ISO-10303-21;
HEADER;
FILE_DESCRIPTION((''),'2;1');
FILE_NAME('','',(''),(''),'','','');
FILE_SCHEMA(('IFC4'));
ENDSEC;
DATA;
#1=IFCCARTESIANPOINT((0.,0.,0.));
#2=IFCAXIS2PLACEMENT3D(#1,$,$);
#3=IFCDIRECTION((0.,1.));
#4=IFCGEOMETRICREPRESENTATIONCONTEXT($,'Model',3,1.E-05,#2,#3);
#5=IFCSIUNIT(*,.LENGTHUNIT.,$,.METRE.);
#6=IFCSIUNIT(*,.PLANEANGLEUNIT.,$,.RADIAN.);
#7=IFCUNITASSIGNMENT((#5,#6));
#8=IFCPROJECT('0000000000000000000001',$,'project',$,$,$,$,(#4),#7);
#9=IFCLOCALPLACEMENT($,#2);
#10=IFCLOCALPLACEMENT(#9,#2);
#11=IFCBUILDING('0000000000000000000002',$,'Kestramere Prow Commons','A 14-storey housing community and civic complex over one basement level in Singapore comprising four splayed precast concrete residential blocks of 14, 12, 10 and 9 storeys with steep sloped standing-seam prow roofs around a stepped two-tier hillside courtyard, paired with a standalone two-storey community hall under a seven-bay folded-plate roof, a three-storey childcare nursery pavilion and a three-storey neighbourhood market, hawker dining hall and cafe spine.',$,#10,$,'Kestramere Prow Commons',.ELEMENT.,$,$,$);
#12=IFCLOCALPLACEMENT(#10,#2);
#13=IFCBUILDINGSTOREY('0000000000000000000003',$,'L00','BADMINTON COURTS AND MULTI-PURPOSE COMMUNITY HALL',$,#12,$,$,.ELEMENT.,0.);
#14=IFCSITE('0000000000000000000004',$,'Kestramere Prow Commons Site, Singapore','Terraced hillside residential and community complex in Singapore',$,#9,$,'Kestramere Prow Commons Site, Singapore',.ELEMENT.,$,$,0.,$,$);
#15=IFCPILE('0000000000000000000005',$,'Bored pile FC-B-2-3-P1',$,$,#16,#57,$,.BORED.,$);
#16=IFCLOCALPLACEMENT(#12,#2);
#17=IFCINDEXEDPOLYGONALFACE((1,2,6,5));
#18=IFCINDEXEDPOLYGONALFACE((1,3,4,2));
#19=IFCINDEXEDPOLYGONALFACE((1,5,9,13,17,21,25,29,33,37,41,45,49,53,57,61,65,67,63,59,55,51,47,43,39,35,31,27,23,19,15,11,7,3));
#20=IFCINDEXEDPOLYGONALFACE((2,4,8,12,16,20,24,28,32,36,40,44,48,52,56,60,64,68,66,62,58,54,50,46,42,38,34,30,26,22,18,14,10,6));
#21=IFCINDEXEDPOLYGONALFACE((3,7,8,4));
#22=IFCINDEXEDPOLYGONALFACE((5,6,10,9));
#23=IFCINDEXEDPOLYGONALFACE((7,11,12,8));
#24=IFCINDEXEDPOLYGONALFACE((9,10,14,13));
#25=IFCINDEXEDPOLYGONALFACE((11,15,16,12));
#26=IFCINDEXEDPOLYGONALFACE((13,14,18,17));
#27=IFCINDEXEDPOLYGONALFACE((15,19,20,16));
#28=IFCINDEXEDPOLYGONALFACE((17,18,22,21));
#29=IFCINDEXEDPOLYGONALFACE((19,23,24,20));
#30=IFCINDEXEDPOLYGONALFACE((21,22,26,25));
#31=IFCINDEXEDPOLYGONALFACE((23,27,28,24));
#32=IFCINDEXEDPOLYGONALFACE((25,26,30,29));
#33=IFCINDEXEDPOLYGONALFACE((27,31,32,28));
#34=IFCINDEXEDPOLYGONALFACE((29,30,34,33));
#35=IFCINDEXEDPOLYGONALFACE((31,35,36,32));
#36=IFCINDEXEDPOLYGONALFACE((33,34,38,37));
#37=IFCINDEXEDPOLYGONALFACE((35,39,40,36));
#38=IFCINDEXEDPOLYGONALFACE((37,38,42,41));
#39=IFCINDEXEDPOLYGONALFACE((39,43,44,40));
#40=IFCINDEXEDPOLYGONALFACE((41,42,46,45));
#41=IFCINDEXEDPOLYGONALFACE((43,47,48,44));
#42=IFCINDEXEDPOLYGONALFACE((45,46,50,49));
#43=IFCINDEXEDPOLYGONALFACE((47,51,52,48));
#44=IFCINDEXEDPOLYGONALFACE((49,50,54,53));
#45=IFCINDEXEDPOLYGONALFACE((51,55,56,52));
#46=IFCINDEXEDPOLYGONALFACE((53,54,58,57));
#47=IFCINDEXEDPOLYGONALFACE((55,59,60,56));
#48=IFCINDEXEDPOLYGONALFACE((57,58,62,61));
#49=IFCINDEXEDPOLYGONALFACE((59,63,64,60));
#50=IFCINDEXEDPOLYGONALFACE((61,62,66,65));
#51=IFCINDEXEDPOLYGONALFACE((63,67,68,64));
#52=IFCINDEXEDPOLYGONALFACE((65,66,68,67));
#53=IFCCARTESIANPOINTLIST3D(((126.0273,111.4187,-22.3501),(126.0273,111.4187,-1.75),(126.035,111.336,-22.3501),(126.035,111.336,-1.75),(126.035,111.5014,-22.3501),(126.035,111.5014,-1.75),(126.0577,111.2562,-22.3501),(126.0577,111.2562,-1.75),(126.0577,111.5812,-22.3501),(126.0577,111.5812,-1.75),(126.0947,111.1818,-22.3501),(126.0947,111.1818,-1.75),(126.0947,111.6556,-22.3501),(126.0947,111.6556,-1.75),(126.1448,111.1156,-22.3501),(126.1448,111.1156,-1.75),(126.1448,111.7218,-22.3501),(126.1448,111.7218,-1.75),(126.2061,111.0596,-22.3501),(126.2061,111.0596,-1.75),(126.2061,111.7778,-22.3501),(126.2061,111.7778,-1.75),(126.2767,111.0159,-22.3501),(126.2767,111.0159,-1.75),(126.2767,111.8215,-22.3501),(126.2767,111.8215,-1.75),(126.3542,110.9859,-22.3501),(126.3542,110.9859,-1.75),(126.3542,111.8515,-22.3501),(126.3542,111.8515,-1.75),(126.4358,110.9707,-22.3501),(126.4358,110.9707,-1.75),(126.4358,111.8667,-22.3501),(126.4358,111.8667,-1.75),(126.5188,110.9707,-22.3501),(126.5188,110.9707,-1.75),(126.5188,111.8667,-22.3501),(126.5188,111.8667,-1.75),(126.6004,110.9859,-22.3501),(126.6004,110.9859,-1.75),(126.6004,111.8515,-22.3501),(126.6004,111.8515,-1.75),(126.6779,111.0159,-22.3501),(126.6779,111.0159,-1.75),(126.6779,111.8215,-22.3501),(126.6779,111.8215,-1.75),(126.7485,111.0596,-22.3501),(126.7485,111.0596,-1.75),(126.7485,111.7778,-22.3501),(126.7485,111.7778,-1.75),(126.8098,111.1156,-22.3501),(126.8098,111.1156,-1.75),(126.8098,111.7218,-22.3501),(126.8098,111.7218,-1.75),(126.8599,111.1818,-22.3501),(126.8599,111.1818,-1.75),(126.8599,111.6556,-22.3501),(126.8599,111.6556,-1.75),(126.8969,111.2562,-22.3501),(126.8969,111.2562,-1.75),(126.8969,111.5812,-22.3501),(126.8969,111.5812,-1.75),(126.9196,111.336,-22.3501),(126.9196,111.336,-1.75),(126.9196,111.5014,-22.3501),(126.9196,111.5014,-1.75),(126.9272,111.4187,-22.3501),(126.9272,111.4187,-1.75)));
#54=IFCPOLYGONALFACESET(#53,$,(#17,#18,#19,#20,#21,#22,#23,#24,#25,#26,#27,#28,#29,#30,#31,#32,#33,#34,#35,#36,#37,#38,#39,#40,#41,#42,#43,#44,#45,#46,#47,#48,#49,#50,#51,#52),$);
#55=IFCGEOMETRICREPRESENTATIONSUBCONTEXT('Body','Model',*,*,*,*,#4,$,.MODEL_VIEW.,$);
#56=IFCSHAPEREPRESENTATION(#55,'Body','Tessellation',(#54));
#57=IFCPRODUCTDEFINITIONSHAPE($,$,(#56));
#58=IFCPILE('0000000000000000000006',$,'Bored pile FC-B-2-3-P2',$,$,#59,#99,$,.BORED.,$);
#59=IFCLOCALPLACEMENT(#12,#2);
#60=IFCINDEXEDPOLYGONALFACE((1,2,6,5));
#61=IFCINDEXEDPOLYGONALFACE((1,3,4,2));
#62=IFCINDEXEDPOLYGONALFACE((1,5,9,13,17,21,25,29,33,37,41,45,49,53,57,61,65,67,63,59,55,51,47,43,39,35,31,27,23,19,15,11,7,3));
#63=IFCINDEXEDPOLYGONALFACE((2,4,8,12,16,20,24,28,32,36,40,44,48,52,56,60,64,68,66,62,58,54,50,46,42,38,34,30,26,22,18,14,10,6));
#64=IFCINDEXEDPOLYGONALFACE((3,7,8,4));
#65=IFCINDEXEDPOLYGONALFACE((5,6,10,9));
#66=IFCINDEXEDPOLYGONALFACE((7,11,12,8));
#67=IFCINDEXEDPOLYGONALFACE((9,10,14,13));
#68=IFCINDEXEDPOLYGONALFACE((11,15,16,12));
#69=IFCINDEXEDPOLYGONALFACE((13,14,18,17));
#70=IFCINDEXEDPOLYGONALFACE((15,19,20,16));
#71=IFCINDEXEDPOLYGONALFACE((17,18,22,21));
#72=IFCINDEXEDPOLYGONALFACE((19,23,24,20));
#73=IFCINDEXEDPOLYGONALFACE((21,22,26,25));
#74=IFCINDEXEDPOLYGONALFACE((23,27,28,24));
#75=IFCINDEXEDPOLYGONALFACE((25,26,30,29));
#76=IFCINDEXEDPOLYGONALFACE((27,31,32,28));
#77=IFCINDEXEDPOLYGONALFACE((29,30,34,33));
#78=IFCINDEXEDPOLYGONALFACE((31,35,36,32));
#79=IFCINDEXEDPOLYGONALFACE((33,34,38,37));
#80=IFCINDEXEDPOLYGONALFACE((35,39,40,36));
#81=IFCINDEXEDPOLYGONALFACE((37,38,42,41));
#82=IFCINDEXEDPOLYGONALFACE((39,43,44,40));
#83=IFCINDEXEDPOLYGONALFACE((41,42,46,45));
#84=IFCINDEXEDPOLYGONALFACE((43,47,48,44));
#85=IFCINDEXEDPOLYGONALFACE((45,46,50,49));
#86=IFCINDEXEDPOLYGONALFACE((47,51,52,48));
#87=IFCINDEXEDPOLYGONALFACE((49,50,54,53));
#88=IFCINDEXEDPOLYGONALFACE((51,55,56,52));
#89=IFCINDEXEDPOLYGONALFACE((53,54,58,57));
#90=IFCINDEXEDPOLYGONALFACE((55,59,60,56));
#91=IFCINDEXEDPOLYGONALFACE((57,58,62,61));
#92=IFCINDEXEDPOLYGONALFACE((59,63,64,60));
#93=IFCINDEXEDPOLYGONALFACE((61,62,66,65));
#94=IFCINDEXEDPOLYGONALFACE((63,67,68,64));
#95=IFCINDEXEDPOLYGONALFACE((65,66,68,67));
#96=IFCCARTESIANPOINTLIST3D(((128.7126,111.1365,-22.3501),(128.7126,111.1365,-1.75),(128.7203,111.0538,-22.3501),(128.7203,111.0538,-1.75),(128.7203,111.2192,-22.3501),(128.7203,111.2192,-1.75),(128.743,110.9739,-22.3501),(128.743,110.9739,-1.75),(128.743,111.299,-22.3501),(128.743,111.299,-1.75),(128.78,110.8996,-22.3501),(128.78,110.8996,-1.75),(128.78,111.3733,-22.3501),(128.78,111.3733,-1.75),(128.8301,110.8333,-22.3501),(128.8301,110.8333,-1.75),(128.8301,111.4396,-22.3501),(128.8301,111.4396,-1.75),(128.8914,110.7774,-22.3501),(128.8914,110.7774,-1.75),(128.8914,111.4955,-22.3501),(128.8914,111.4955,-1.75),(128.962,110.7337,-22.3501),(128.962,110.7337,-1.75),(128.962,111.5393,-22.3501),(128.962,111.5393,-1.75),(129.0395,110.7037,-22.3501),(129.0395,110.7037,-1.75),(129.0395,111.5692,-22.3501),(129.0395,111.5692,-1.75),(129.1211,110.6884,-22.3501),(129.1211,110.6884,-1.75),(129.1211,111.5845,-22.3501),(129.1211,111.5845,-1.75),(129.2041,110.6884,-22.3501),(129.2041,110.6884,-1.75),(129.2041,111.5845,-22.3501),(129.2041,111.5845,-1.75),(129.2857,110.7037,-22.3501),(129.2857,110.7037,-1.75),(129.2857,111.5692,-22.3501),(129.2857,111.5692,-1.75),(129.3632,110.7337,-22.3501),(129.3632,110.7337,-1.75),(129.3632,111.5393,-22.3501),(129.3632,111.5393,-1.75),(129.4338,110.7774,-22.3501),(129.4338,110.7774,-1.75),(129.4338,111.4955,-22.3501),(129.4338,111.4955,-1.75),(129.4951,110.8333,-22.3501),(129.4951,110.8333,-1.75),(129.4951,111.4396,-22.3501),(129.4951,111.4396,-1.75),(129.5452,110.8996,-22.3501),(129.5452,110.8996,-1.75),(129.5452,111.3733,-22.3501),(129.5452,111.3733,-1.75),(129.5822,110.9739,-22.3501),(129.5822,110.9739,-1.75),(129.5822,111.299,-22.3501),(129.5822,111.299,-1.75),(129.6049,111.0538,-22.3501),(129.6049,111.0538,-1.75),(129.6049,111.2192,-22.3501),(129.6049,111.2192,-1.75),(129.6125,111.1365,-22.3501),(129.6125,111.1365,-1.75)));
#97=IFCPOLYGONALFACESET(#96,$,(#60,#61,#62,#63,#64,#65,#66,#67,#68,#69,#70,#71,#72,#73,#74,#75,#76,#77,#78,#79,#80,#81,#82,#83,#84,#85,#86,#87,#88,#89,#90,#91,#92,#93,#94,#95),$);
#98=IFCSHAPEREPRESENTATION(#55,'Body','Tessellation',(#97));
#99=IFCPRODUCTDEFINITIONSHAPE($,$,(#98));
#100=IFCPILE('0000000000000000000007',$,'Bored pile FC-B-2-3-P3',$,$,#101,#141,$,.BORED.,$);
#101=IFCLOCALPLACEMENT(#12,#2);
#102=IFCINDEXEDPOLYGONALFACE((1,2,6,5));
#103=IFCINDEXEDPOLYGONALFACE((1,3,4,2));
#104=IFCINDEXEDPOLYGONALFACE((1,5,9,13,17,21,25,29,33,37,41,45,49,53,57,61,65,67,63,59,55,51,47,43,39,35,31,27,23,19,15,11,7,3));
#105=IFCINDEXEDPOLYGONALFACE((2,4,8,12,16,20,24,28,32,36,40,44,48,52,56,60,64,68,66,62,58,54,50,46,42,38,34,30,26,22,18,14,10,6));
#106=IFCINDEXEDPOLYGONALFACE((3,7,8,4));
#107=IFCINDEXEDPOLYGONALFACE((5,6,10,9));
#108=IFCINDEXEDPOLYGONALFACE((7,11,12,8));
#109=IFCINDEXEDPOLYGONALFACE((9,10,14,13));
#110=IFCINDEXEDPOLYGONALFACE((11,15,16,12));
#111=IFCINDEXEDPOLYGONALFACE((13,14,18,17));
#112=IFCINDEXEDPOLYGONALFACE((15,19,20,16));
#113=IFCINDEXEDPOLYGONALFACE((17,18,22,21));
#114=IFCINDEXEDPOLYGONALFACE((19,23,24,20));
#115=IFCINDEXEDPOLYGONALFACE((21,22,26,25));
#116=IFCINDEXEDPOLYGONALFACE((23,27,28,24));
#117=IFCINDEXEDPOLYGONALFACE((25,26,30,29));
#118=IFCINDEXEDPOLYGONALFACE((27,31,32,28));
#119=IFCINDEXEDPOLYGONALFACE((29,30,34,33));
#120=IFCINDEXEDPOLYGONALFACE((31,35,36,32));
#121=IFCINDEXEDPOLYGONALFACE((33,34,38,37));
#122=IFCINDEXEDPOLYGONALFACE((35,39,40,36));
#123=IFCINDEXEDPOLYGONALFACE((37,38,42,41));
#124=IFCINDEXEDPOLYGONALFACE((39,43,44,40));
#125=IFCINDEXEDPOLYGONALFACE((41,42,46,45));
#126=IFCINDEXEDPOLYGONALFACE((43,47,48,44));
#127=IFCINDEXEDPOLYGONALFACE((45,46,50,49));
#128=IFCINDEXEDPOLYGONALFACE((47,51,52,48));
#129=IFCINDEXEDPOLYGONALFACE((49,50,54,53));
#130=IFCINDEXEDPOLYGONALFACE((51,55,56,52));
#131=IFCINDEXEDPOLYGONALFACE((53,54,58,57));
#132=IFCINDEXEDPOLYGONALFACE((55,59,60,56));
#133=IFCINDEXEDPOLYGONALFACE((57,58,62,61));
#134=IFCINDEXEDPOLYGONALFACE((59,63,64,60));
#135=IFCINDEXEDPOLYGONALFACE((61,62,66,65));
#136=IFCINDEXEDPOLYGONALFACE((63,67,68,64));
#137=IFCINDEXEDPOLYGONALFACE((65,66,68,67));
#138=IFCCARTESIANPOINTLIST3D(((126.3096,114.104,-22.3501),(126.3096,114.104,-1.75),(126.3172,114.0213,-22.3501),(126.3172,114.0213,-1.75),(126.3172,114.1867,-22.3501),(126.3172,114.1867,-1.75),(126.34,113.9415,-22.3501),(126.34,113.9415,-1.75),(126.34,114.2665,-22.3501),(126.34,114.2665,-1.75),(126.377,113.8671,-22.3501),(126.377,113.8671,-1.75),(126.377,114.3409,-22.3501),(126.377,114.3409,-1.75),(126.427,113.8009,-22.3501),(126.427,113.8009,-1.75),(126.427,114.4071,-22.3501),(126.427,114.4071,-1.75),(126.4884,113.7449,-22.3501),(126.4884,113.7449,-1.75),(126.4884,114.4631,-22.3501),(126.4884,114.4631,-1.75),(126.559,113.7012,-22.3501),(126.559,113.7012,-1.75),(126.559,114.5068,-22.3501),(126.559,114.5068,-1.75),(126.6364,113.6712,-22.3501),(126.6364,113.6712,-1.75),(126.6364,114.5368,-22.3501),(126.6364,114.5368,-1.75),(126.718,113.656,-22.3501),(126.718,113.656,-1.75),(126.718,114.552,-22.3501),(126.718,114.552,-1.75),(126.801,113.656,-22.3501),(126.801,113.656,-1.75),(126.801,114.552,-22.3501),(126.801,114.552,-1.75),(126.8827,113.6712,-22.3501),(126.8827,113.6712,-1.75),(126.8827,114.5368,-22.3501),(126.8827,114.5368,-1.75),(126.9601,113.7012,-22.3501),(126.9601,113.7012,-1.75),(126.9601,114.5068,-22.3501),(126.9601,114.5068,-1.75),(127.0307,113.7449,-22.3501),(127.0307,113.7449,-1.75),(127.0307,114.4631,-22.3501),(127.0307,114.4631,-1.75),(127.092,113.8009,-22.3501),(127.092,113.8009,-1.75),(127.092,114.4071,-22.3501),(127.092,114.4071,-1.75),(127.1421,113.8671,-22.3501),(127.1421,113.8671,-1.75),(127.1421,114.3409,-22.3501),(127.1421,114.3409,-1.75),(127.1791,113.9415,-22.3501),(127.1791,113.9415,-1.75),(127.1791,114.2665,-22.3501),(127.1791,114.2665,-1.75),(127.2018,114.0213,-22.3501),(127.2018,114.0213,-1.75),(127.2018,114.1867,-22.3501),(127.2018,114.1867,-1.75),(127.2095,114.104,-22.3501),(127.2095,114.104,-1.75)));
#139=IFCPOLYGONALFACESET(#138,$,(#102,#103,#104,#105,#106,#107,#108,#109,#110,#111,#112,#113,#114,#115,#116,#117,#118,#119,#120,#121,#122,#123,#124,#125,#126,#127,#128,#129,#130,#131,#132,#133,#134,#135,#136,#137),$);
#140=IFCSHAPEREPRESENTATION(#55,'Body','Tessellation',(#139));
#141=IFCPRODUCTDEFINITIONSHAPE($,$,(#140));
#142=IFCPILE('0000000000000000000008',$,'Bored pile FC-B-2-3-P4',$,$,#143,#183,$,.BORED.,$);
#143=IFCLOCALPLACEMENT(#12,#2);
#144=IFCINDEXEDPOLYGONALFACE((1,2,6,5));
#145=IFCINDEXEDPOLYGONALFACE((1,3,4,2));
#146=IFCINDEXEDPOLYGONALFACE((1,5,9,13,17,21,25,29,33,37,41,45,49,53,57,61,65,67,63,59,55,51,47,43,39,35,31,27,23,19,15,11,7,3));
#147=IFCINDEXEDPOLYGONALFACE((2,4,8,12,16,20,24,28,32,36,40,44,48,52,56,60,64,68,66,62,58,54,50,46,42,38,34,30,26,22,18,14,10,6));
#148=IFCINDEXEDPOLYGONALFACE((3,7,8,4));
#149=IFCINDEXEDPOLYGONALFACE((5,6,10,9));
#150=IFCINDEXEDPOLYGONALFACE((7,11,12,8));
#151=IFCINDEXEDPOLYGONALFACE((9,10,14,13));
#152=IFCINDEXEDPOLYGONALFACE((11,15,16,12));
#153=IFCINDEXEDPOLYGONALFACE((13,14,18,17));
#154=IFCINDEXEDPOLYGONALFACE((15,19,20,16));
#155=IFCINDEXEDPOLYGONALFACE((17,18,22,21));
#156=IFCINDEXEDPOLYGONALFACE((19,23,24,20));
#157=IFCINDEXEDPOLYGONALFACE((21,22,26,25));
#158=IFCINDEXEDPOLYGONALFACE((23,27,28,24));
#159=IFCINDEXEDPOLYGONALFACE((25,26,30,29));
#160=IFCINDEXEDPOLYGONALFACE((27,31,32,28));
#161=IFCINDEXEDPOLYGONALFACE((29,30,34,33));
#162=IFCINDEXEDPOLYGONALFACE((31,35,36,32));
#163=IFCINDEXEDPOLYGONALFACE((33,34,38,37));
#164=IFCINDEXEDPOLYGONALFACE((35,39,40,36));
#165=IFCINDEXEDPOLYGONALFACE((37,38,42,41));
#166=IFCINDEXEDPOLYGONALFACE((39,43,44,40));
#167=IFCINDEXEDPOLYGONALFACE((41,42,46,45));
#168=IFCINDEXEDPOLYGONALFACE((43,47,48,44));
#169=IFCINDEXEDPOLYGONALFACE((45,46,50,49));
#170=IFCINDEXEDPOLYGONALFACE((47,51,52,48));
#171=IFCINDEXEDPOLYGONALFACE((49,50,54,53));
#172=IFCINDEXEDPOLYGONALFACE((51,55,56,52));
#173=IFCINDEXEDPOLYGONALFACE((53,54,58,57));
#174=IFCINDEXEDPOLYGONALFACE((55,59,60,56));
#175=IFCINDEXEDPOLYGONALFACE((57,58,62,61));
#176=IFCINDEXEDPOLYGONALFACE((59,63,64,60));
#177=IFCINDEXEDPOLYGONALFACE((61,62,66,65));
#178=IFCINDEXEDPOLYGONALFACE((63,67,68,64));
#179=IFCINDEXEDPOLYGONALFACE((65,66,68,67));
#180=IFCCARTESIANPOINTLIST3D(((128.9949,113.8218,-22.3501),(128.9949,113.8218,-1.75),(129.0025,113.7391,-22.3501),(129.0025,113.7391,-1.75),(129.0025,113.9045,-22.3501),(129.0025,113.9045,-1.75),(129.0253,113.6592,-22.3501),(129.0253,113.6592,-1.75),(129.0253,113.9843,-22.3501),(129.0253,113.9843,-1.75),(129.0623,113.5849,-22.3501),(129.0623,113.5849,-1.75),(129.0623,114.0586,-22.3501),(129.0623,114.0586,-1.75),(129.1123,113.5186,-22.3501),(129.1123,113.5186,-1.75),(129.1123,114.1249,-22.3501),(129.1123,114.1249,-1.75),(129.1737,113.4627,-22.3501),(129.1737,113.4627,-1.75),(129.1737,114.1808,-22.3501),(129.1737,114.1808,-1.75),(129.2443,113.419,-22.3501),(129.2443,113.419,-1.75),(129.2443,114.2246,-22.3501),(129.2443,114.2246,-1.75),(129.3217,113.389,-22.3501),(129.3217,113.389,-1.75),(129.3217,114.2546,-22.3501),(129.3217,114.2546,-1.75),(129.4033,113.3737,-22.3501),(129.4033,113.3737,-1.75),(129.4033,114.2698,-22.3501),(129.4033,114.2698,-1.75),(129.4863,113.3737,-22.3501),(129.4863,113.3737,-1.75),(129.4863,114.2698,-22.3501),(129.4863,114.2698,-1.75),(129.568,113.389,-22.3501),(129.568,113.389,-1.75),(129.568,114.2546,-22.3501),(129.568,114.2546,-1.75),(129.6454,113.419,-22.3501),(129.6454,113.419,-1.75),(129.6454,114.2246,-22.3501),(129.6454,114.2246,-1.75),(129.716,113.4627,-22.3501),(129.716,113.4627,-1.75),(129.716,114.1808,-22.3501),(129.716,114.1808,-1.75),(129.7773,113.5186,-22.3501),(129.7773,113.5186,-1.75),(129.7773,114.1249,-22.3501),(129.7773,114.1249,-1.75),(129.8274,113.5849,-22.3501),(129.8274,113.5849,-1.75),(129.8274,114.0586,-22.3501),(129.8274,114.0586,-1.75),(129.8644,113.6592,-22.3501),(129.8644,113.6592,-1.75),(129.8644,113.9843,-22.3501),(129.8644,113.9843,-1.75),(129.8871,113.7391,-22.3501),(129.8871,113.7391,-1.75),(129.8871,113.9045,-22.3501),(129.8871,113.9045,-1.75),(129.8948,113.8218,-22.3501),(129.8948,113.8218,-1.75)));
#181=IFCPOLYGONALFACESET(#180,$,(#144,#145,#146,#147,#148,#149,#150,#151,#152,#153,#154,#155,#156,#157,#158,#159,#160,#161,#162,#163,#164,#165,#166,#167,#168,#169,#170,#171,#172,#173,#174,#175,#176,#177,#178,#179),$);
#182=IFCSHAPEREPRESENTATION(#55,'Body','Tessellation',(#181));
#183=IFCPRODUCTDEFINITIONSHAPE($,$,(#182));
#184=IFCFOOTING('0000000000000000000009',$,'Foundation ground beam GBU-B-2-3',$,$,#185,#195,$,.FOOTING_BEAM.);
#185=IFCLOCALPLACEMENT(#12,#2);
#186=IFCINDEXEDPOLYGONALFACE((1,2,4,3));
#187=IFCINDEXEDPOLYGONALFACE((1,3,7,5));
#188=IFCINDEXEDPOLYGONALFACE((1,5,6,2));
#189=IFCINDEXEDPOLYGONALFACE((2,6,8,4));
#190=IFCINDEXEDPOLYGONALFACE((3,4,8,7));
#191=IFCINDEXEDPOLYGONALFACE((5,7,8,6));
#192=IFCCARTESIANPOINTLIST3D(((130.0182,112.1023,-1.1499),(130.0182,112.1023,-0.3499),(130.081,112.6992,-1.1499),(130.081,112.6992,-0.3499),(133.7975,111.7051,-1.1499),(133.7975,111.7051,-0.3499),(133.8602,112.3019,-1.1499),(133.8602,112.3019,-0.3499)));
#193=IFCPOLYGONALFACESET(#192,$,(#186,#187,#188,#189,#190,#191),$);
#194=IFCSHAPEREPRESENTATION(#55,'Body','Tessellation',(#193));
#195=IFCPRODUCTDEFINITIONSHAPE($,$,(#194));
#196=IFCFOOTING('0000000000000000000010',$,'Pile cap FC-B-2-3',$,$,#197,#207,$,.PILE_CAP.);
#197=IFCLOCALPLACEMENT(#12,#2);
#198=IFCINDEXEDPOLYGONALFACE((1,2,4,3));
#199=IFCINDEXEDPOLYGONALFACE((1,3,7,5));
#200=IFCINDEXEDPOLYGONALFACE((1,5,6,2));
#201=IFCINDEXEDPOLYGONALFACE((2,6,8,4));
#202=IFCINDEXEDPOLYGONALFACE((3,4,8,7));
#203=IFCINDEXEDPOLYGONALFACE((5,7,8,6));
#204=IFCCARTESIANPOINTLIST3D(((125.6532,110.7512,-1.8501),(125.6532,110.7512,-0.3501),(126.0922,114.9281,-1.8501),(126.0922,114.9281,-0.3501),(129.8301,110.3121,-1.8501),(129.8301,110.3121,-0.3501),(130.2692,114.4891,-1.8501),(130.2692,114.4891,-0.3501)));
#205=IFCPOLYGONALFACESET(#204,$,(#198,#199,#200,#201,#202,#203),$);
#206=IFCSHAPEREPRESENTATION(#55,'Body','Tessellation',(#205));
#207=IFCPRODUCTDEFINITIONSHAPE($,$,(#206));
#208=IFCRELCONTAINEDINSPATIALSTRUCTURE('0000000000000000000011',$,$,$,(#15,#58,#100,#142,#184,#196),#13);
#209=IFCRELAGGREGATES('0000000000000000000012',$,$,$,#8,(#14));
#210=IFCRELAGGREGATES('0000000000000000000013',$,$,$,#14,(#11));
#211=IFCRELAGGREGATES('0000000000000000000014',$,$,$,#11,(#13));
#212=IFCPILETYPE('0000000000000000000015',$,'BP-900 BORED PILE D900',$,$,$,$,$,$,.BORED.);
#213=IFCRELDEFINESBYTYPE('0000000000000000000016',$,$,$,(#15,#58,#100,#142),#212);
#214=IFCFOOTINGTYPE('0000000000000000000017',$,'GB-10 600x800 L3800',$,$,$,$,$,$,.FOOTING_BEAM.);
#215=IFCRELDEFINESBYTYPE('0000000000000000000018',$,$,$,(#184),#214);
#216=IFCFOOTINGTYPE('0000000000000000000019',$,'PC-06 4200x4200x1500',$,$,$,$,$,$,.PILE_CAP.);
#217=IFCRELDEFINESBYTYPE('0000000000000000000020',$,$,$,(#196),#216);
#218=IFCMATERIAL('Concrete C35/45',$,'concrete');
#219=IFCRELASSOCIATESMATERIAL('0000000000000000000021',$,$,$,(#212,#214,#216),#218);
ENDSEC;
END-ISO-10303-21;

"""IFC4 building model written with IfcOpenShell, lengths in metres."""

from ifc_helpers import new_model, si_unit, direction, frame, origin, origin_2d, place, context, subcontext, project, spatial, rectangle, circle, extrude, material, material_profile, profile_set, type_object, element, save


model = new_model("IFC4")

# Units and contexts
model_context = context("Model", 3, precision=1e-05, world=origin(), true_north=direction((0.0, 1.0)))
body_context = subcontext(model_context, "Body", "Model", "MODEL_VIEW")
ifc_project = project(units=[si_unit("LENGTHUNIT", "METRE"), si_unit("PLANEANGLEUNIT", "RADIAN")], contexts=[model_context])

# Site, building, storey
site_placement = place(None, origin())
site = spatial("IfcSite", under=ifc_project, at=site_placement, Name="Kestramere Prow Commons Site, Singapore", Description="Terraced hillside residential and community complex in Singapore", LongName="Kestramere Prow Commons Site, Singapore", CompositionType="ELEMENT", RefElevation=0.0)
building_placement = place(site_placement, origin())
building = spatial("IfcBuilding", under=site, at=building_placement, Name="Kestramere Prow Commons", Description="A 14-storey housing community and civic complex over one basement level in Singapore comprising four splayed precast concrete residential blocks of 14, 12, 10 and 9 storeys with steep sloped standing-seam prow roofs around a stepped two-tier hillside courtyard, paired with a standalone two-storey community hall under a seven-bay folded-plate roof, a three-storey childcare nursery pavilion and a three-storey neighbourhood market, hawker dining hall and cafe spine.", LongName="Kestramere Prow Commons", CompositionType="ELEMENT")
storey_placement = place(building_placement, origin())
storey = spatial("IfcBuildingStorey", under=building, at=storey_placement, Name="L00", Description="BADMINTON COURTS AND MULTI-PURPOSE COMMUNITY HALL", CompositionType="ELEMENT", Elevation=0.0)

# Piles
ifc_material_1 = material(Name="Concrete C35/45", Category="concrete")
ifc_material_profile_1 = material_profile(ifc_material_1, circle(Radius=0.45, at=origin_2d()), Name="BORED PILE D900")
ifc_profile_set_1 = profile_set([ifc_material_profile_1], Name="Concrete C35/45")
pile_type = type_object("IfcPileType", Name="BP-900 BORED PILE D900", PredefinedType="BORED", material=ifc_profile_set_1)
for number, where, z_axis, x_axis, name in (
    (1, (126.4773, 111.4187, -1.75), (0.0, 0.0, -1.0), (1.0, 0.0, 0.0), "Bored pile FC-B-2-3-P1"),
    (2, (129.1626, 111.1365, -1.75), (0.0, 0.0, -1.0), (1.0, 0.0, 0.0), "Bored pile FC-B-2-3-P2"),
    (3, (126.7595, 114.104, -1.75), (0.0, 0.0, -1.0), (1.0, 0.0, 0.0), "Bored pile FC-B-2-3-P3"),
    (4, (129.4448, 113.8218, -1.75), (0.0, 0.0, -1.0), (1.0, 0.0, 0.0), "Bored pile FC-B-2-3-P4"),
):
    element("IfcPile", number, at=place(storey_placement, frame(where, z_axis=z_axis, x_axis=x_axis)), inside=storey, type_object=pile_type, Name=name, PredefinedType="BORED", context=body_context, shape_type="SweptSolid", body=[
        extrude(circle(Radius=0.45, at=origin_2d()), origin(), (0.0, 0.0, 1.0), 20.6001),
    ])

# Footings
footing_type_1 = type_object("IfcFootingType", Name="GB-10 600x800 L3800", PredefinedType="FOOTING_BEAM", material=ifc_material_1)
footing_1_placement = place(storey_placement, frame((131.9392, 112.2021, -1.1499), z_axis=(0.0, 0.0, 1.0), x_axis=(0.994522, -0.104528, 0.0)))
element("IfcFooting", 5, at=footing_1_placement, inside=storey, type_object=footing_type_1, Name="Foundation ground beam GBU-B-2-3", PredefinedType="FOOTING_BEAM", context=body_context, shape_type="SweptSolid", body=[
    extrude(rectangle(XDim=3.8, YDim=0.6001, at=origin_2d()), origin(), (0.0, 0.0, 1.0), 0.8),
])
footing_type_2 = type_object("IfcFootingType", Name="PC-06 4200x4200x1500", PredefinedType="PILE_CAP", material=ifc_material_1)
footing_2_placement = place(storey_placement, frame((127.9612, 112.6201, -1.8501), z_axis=(0.0, 0.0, 1.0), x_axis=(0.994522, -0.104528, 0.0)))
element("IfcFooting", 6, at=footing_2_placement, inside=storey, type_object=footing_type_2, Name="Pile cap FC-B-2-3", PredefinedType="PILE_CAP", context=body_context, shape_type="SweptSolid", body=[
    extrude(rectangle(XDim=4.2, YDim=4.2, at=origin_2d()), origin(), (0.0, 0.0, 1.0), 1.5),
])

save(model, "model.ifc")
